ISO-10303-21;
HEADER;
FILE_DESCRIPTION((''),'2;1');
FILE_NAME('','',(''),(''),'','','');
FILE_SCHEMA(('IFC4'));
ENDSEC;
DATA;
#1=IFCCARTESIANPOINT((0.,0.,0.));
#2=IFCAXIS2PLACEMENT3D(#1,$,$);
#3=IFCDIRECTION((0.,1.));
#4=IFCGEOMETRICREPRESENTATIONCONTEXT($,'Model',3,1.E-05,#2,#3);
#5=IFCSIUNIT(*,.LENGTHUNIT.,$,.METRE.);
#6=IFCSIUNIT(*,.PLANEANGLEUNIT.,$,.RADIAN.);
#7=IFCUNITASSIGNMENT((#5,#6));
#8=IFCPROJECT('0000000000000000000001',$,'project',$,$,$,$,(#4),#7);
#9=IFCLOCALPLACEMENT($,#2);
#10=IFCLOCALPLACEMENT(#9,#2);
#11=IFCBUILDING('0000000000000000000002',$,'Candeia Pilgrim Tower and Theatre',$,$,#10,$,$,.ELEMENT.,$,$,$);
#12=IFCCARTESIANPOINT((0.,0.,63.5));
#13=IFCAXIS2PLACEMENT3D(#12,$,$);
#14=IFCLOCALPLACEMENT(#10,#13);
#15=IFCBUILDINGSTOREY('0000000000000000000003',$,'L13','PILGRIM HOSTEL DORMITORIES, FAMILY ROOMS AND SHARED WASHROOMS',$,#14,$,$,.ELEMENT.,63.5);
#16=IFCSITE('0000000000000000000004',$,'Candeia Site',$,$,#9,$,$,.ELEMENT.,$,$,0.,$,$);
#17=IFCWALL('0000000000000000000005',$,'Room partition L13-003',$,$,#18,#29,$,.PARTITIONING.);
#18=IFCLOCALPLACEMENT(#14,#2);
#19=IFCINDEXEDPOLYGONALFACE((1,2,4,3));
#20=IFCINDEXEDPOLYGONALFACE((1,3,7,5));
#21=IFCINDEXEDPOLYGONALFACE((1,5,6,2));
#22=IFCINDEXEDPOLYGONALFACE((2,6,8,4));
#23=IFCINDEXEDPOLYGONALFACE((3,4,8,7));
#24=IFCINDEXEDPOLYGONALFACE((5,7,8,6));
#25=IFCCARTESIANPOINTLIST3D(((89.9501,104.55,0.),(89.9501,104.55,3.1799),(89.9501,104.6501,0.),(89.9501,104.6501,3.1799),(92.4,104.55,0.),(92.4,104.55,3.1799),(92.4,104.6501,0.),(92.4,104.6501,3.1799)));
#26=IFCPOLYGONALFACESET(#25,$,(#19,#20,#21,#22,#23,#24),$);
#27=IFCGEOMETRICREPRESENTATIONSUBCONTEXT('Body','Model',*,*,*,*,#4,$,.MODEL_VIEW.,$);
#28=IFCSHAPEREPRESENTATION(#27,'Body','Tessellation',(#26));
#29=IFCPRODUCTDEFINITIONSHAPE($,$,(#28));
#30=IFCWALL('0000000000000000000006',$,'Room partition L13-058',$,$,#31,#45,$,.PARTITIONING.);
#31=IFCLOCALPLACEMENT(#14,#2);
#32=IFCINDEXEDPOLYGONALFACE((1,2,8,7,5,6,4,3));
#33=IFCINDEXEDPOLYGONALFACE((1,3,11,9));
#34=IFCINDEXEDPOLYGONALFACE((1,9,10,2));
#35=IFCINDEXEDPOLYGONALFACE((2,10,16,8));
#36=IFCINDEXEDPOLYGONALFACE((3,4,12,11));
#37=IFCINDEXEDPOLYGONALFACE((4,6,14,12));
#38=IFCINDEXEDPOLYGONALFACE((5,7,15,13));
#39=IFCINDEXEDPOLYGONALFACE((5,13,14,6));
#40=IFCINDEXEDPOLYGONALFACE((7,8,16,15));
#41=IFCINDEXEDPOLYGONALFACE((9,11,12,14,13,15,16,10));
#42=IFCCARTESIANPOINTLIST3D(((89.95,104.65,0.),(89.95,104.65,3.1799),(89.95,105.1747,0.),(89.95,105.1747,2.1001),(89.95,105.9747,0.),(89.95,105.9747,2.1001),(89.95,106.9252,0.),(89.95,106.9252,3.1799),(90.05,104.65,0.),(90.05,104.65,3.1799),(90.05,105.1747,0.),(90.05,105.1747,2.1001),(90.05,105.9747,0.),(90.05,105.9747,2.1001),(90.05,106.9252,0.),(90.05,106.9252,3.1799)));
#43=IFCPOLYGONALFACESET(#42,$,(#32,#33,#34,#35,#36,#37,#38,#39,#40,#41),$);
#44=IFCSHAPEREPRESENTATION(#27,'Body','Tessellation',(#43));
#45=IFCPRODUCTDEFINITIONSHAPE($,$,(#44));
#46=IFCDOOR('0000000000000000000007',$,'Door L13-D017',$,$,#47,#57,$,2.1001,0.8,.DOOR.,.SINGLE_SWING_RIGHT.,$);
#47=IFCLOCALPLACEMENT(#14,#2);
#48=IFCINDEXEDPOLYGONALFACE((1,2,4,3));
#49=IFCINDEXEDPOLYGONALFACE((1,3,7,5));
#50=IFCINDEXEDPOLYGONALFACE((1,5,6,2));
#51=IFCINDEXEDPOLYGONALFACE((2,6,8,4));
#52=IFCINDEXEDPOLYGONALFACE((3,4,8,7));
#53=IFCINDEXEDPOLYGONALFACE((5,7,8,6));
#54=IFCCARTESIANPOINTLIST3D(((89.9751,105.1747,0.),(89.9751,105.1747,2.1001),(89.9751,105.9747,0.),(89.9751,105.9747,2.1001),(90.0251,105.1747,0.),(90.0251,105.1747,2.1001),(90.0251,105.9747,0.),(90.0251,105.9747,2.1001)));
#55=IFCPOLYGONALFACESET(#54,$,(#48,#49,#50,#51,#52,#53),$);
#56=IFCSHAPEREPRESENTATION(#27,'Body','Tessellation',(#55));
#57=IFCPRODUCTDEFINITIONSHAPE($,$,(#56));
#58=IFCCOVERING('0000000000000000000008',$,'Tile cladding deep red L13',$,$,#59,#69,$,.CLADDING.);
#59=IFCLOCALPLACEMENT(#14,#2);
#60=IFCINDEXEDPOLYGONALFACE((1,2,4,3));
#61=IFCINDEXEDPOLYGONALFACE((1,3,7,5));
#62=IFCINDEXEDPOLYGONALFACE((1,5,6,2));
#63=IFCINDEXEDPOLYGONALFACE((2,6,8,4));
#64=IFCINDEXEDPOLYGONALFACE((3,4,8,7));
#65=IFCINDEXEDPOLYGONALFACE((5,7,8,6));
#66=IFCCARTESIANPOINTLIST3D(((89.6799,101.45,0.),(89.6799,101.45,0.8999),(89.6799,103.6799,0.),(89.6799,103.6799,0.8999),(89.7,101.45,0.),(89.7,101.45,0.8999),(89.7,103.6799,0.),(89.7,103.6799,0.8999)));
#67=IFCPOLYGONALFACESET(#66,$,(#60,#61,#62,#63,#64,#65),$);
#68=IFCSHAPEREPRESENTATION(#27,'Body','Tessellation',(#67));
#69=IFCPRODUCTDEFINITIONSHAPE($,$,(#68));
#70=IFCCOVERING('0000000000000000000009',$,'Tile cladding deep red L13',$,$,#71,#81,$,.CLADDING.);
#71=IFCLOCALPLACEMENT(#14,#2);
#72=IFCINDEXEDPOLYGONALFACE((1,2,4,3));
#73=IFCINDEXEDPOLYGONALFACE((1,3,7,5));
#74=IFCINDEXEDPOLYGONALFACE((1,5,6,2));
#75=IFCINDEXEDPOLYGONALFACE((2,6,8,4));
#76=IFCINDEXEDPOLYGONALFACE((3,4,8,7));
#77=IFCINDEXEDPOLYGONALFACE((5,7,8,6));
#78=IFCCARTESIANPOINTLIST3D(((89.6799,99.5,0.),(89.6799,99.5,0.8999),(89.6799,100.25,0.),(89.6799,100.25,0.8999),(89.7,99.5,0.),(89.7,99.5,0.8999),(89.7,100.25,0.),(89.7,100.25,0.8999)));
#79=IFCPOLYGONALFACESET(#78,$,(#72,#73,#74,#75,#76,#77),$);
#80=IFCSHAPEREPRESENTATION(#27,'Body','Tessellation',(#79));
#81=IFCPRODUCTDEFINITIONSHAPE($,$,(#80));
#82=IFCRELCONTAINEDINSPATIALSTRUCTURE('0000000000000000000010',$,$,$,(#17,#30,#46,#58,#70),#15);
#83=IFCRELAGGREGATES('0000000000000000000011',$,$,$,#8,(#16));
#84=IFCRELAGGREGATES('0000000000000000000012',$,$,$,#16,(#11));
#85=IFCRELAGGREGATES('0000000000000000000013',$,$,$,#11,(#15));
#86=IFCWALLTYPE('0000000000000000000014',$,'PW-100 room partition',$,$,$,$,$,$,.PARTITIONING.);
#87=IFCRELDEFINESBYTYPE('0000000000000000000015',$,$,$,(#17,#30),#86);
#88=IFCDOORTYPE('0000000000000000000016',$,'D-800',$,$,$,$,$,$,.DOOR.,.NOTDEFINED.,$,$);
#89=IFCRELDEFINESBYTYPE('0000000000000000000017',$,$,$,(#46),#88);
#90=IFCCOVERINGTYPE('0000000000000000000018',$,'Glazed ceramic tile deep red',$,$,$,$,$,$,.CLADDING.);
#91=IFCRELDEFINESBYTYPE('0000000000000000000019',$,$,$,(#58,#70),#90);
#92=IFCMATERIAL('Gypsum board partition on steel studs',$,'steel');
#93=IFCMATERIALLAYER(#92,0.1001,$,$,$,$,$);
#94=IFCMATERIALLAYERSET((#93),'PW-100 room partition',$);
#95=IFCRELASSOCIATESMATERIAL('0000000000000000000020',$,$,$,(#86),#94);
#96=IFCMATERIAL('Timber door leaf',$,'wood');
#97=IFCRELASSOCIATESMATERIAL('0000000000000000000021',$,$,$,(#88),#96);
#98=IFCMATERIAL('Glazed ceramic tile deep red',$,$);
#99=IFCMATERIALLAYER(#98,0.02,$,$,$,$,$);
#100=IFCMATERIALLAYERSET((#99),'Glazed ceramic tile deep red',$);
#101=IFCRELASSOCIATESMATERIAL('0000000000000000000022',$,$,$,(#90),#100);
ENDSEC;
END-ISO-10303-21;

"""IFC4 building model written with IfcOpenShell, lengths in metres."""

from ifc_helpers import new_model, si_unit, direction, frame, frame_2d, origin, origin_2d, place, context, subcontext, project, spatial, rectangle, extrude, material, layer, layer_set, type_object, element, fill, save


model = new_model("IFC4")

# Units and contexts
model_context = context("Model", 3, precision=1e-05, world=origin(), true_north=direction((0.0, 1.0)))
body_context = subcontext(model_context, "Body", "Model", "MODEL_VIEW")
ifc_project = project(units=[si_unit("LENGTHUNIT", "METRE"), si_unit("PLANEANGLEUNIT", "RADIAN")], contexts=[model_context])

# Site, building, storey
site_placement = place(None, origin())
site = spatial("IfcSite", under=ifc_project, at=site_placement, Name="Candeia Site", CompositionType="ELEMENT", RefElevation=0.0)
building_placement = place(site_placement, origin())
building = spatial("IfcBuilding", under=site, at=building_placement, Name="Candeia Pilgrim Tower and Theatre", CompositionType="ELEMENT")
storey_placement = place(building_placement, frame((0.0, 0.0, 63.5)))
storey = spatial("IfcBuildingStorey", under=building, at=storey_placement, Name="L13", Description="PILGRIM HOSTEL DORMITORIES, FAMILY ROOMS AND SHARED WASHROOMS", CompositionType="ELEMENT", Elevation=63.5)

# Wall
ifc_material_1 = material(Name="Gypsum board partition on steel studs", Category="steel")
ifc_layer_1 = layer(ifc_material_1, 0.1001)
ifc_layer_set_1 = layer_set([ifc_layer_1], Name="PW-100 room partition")
wall_type_1 = type_object("IfcWallType", Name="PW-100 room partition", PredefinedType="PARTITIONING", material=ifc_layer_set_1)
wall_1_placement = place(storey_placement, frame((89.95, 104.6001, 0.0), z_axis=(0.0, 0.0, 1.0), x_axis=(1.0, 0.0, 0.0)))
element("IfcWall", 1, at=wall_1_placement, inside=storey, type_object=wall_type_1, Name="Room partition L13-003", PredefinedType="PARTITIONING", context=body_context, shape_type="SweptSolid", body=[
    extrude(rectangle(XDim=2.45, YDim=0.1001, at=frame_2d((1.2251, 0.0))), origin(), (0.0, 0.0, 1.0), 3.1799),
])

# Wall, opening, door
wall_2_placement = place(storey_placement, frame((90.0, 104.6499, 0.0), z_axis=(0.0, 0.0, 1.0), x_axis=(0.0, 1.0, 0.0)))
wall_2 = element("IfcWall", 2, at=wall_2_placement, inside=storey, type_object=wall_type_1, Name="Room partition L13-058", PredefinedType="PARTITIONING", context=body_context, shape_type="SweptSolid", body=[
    extrude(rectangle(XDim=2.2751, YDim=0.1001, at=frame_2d((1.1377, 0.0))), origin(), (0.0, 0.0, 1.0), 3.1799),
])
opening_1_placement = place(wall_2_placement, frame((0.5249, 0.0, 0.0)))
opening_1 = element("IfcOpeningElement", 3, at=opening_1_placement, cuts=wall_2, PredefinedType="OPENING", context=body_context, shape_type="SweptSolid", body=[
    extrude(rectangle(XDim=0.8, YDim=2.1001, at=frame_2d((0.3999, 1.05))), frame((0.0, 0.0601, 0.0), z_axis=(0.0, -1.0, 0.0), x_axis=(1.0, 0.0, 0.0)), (0.0, 0.0, 1.0), 0.1201),
])
ifc_material_2 = material(Name="Timber door leaf", Category="wood")
door_type_1 = type_object("IfcDoorType", Name="D-800", OperationType="NOTDEFINED", PredefinedType="DOOR", material=ifc_material_2)
door_1_placement = place(opening_1_placement, origin())
door_1 = element("IfcDoor", 4, at=door_1_placement, inside=storey, type_object=door_type_1, Name="Door L13-D017", OperationType="SINGLE_SWING_RIGHT", OverallHeight=2.1001, OverallWidth=0.8, PredefinedType="DOOR", context=body_context, shape_type="SweptSolid", body=[
    extrude(rectangle(XDim=0.8, YDim=2.1001, at=frame_2d((0.3999, 1.05))), frame((0.0, 0.0249, 0.0), z_axis=(0.0, -1.0, 0.0), x_axis=(1.0, 0.0, 0.0)), (0.0, 0.0, 1.0), 0.05),
])
fill(opening_1, door_1)

# Coverings
ifc_material_3 = material(Name="Glazed ceramic tile deep red")
ifc_layer_2 = layer(ifc_material_3, 0.02)
ifc_layer_set_2 = layer_set([ifc_layer_2], Name="Glazed ceramic tile deep red")
covering_type = type_object("IfcCoveringType", Name="Glazed ceramic tile deep red", PredefinedType="CLADDING", material=ifc_layer_set_2)
covering_1_placement = place(storey_placement, frame((89.6899, 102.5649, 0.0), z_axis=(0.0, 0.0, 1.0), x_axis=(0.0, -1.0, 0.0)))
element("IfcCovering", 5, at=covering_1_placement, inside=storey, type_object=covering_type, Name="Tile cladding deep red L13", PredefinedType="CLADDING", context=body_context, shape_type="SweptSolid", body=[
    extrude(rectangle(XDim=2.23, YDim=0.02, at=origin_2d()), origin(), (0.0, 0.0, 1.0), 0.8999),
])
covering_2_placement = place(storey_placement, frame((89.6899, 99.875, 0.0), z_axis=(0.0, 0.0, 1.0), x_axis=(0.0, -1.0, 0.0)))
element("IfcCovering", 6, at=covering_2_placement, inside=storey, type_object=covering_type, Name="Tile cladding deep red L13", PredefinedType="CLADDING", context=body_context, shape_type="SweptSolid", body=[
    extrude(rectangle(XDim=0.75, YDim=0.02, at=origin_2d()), origin(), (0.0, 0.0, 1.0), 0.8999),
])

save(model, "model.ifc")
